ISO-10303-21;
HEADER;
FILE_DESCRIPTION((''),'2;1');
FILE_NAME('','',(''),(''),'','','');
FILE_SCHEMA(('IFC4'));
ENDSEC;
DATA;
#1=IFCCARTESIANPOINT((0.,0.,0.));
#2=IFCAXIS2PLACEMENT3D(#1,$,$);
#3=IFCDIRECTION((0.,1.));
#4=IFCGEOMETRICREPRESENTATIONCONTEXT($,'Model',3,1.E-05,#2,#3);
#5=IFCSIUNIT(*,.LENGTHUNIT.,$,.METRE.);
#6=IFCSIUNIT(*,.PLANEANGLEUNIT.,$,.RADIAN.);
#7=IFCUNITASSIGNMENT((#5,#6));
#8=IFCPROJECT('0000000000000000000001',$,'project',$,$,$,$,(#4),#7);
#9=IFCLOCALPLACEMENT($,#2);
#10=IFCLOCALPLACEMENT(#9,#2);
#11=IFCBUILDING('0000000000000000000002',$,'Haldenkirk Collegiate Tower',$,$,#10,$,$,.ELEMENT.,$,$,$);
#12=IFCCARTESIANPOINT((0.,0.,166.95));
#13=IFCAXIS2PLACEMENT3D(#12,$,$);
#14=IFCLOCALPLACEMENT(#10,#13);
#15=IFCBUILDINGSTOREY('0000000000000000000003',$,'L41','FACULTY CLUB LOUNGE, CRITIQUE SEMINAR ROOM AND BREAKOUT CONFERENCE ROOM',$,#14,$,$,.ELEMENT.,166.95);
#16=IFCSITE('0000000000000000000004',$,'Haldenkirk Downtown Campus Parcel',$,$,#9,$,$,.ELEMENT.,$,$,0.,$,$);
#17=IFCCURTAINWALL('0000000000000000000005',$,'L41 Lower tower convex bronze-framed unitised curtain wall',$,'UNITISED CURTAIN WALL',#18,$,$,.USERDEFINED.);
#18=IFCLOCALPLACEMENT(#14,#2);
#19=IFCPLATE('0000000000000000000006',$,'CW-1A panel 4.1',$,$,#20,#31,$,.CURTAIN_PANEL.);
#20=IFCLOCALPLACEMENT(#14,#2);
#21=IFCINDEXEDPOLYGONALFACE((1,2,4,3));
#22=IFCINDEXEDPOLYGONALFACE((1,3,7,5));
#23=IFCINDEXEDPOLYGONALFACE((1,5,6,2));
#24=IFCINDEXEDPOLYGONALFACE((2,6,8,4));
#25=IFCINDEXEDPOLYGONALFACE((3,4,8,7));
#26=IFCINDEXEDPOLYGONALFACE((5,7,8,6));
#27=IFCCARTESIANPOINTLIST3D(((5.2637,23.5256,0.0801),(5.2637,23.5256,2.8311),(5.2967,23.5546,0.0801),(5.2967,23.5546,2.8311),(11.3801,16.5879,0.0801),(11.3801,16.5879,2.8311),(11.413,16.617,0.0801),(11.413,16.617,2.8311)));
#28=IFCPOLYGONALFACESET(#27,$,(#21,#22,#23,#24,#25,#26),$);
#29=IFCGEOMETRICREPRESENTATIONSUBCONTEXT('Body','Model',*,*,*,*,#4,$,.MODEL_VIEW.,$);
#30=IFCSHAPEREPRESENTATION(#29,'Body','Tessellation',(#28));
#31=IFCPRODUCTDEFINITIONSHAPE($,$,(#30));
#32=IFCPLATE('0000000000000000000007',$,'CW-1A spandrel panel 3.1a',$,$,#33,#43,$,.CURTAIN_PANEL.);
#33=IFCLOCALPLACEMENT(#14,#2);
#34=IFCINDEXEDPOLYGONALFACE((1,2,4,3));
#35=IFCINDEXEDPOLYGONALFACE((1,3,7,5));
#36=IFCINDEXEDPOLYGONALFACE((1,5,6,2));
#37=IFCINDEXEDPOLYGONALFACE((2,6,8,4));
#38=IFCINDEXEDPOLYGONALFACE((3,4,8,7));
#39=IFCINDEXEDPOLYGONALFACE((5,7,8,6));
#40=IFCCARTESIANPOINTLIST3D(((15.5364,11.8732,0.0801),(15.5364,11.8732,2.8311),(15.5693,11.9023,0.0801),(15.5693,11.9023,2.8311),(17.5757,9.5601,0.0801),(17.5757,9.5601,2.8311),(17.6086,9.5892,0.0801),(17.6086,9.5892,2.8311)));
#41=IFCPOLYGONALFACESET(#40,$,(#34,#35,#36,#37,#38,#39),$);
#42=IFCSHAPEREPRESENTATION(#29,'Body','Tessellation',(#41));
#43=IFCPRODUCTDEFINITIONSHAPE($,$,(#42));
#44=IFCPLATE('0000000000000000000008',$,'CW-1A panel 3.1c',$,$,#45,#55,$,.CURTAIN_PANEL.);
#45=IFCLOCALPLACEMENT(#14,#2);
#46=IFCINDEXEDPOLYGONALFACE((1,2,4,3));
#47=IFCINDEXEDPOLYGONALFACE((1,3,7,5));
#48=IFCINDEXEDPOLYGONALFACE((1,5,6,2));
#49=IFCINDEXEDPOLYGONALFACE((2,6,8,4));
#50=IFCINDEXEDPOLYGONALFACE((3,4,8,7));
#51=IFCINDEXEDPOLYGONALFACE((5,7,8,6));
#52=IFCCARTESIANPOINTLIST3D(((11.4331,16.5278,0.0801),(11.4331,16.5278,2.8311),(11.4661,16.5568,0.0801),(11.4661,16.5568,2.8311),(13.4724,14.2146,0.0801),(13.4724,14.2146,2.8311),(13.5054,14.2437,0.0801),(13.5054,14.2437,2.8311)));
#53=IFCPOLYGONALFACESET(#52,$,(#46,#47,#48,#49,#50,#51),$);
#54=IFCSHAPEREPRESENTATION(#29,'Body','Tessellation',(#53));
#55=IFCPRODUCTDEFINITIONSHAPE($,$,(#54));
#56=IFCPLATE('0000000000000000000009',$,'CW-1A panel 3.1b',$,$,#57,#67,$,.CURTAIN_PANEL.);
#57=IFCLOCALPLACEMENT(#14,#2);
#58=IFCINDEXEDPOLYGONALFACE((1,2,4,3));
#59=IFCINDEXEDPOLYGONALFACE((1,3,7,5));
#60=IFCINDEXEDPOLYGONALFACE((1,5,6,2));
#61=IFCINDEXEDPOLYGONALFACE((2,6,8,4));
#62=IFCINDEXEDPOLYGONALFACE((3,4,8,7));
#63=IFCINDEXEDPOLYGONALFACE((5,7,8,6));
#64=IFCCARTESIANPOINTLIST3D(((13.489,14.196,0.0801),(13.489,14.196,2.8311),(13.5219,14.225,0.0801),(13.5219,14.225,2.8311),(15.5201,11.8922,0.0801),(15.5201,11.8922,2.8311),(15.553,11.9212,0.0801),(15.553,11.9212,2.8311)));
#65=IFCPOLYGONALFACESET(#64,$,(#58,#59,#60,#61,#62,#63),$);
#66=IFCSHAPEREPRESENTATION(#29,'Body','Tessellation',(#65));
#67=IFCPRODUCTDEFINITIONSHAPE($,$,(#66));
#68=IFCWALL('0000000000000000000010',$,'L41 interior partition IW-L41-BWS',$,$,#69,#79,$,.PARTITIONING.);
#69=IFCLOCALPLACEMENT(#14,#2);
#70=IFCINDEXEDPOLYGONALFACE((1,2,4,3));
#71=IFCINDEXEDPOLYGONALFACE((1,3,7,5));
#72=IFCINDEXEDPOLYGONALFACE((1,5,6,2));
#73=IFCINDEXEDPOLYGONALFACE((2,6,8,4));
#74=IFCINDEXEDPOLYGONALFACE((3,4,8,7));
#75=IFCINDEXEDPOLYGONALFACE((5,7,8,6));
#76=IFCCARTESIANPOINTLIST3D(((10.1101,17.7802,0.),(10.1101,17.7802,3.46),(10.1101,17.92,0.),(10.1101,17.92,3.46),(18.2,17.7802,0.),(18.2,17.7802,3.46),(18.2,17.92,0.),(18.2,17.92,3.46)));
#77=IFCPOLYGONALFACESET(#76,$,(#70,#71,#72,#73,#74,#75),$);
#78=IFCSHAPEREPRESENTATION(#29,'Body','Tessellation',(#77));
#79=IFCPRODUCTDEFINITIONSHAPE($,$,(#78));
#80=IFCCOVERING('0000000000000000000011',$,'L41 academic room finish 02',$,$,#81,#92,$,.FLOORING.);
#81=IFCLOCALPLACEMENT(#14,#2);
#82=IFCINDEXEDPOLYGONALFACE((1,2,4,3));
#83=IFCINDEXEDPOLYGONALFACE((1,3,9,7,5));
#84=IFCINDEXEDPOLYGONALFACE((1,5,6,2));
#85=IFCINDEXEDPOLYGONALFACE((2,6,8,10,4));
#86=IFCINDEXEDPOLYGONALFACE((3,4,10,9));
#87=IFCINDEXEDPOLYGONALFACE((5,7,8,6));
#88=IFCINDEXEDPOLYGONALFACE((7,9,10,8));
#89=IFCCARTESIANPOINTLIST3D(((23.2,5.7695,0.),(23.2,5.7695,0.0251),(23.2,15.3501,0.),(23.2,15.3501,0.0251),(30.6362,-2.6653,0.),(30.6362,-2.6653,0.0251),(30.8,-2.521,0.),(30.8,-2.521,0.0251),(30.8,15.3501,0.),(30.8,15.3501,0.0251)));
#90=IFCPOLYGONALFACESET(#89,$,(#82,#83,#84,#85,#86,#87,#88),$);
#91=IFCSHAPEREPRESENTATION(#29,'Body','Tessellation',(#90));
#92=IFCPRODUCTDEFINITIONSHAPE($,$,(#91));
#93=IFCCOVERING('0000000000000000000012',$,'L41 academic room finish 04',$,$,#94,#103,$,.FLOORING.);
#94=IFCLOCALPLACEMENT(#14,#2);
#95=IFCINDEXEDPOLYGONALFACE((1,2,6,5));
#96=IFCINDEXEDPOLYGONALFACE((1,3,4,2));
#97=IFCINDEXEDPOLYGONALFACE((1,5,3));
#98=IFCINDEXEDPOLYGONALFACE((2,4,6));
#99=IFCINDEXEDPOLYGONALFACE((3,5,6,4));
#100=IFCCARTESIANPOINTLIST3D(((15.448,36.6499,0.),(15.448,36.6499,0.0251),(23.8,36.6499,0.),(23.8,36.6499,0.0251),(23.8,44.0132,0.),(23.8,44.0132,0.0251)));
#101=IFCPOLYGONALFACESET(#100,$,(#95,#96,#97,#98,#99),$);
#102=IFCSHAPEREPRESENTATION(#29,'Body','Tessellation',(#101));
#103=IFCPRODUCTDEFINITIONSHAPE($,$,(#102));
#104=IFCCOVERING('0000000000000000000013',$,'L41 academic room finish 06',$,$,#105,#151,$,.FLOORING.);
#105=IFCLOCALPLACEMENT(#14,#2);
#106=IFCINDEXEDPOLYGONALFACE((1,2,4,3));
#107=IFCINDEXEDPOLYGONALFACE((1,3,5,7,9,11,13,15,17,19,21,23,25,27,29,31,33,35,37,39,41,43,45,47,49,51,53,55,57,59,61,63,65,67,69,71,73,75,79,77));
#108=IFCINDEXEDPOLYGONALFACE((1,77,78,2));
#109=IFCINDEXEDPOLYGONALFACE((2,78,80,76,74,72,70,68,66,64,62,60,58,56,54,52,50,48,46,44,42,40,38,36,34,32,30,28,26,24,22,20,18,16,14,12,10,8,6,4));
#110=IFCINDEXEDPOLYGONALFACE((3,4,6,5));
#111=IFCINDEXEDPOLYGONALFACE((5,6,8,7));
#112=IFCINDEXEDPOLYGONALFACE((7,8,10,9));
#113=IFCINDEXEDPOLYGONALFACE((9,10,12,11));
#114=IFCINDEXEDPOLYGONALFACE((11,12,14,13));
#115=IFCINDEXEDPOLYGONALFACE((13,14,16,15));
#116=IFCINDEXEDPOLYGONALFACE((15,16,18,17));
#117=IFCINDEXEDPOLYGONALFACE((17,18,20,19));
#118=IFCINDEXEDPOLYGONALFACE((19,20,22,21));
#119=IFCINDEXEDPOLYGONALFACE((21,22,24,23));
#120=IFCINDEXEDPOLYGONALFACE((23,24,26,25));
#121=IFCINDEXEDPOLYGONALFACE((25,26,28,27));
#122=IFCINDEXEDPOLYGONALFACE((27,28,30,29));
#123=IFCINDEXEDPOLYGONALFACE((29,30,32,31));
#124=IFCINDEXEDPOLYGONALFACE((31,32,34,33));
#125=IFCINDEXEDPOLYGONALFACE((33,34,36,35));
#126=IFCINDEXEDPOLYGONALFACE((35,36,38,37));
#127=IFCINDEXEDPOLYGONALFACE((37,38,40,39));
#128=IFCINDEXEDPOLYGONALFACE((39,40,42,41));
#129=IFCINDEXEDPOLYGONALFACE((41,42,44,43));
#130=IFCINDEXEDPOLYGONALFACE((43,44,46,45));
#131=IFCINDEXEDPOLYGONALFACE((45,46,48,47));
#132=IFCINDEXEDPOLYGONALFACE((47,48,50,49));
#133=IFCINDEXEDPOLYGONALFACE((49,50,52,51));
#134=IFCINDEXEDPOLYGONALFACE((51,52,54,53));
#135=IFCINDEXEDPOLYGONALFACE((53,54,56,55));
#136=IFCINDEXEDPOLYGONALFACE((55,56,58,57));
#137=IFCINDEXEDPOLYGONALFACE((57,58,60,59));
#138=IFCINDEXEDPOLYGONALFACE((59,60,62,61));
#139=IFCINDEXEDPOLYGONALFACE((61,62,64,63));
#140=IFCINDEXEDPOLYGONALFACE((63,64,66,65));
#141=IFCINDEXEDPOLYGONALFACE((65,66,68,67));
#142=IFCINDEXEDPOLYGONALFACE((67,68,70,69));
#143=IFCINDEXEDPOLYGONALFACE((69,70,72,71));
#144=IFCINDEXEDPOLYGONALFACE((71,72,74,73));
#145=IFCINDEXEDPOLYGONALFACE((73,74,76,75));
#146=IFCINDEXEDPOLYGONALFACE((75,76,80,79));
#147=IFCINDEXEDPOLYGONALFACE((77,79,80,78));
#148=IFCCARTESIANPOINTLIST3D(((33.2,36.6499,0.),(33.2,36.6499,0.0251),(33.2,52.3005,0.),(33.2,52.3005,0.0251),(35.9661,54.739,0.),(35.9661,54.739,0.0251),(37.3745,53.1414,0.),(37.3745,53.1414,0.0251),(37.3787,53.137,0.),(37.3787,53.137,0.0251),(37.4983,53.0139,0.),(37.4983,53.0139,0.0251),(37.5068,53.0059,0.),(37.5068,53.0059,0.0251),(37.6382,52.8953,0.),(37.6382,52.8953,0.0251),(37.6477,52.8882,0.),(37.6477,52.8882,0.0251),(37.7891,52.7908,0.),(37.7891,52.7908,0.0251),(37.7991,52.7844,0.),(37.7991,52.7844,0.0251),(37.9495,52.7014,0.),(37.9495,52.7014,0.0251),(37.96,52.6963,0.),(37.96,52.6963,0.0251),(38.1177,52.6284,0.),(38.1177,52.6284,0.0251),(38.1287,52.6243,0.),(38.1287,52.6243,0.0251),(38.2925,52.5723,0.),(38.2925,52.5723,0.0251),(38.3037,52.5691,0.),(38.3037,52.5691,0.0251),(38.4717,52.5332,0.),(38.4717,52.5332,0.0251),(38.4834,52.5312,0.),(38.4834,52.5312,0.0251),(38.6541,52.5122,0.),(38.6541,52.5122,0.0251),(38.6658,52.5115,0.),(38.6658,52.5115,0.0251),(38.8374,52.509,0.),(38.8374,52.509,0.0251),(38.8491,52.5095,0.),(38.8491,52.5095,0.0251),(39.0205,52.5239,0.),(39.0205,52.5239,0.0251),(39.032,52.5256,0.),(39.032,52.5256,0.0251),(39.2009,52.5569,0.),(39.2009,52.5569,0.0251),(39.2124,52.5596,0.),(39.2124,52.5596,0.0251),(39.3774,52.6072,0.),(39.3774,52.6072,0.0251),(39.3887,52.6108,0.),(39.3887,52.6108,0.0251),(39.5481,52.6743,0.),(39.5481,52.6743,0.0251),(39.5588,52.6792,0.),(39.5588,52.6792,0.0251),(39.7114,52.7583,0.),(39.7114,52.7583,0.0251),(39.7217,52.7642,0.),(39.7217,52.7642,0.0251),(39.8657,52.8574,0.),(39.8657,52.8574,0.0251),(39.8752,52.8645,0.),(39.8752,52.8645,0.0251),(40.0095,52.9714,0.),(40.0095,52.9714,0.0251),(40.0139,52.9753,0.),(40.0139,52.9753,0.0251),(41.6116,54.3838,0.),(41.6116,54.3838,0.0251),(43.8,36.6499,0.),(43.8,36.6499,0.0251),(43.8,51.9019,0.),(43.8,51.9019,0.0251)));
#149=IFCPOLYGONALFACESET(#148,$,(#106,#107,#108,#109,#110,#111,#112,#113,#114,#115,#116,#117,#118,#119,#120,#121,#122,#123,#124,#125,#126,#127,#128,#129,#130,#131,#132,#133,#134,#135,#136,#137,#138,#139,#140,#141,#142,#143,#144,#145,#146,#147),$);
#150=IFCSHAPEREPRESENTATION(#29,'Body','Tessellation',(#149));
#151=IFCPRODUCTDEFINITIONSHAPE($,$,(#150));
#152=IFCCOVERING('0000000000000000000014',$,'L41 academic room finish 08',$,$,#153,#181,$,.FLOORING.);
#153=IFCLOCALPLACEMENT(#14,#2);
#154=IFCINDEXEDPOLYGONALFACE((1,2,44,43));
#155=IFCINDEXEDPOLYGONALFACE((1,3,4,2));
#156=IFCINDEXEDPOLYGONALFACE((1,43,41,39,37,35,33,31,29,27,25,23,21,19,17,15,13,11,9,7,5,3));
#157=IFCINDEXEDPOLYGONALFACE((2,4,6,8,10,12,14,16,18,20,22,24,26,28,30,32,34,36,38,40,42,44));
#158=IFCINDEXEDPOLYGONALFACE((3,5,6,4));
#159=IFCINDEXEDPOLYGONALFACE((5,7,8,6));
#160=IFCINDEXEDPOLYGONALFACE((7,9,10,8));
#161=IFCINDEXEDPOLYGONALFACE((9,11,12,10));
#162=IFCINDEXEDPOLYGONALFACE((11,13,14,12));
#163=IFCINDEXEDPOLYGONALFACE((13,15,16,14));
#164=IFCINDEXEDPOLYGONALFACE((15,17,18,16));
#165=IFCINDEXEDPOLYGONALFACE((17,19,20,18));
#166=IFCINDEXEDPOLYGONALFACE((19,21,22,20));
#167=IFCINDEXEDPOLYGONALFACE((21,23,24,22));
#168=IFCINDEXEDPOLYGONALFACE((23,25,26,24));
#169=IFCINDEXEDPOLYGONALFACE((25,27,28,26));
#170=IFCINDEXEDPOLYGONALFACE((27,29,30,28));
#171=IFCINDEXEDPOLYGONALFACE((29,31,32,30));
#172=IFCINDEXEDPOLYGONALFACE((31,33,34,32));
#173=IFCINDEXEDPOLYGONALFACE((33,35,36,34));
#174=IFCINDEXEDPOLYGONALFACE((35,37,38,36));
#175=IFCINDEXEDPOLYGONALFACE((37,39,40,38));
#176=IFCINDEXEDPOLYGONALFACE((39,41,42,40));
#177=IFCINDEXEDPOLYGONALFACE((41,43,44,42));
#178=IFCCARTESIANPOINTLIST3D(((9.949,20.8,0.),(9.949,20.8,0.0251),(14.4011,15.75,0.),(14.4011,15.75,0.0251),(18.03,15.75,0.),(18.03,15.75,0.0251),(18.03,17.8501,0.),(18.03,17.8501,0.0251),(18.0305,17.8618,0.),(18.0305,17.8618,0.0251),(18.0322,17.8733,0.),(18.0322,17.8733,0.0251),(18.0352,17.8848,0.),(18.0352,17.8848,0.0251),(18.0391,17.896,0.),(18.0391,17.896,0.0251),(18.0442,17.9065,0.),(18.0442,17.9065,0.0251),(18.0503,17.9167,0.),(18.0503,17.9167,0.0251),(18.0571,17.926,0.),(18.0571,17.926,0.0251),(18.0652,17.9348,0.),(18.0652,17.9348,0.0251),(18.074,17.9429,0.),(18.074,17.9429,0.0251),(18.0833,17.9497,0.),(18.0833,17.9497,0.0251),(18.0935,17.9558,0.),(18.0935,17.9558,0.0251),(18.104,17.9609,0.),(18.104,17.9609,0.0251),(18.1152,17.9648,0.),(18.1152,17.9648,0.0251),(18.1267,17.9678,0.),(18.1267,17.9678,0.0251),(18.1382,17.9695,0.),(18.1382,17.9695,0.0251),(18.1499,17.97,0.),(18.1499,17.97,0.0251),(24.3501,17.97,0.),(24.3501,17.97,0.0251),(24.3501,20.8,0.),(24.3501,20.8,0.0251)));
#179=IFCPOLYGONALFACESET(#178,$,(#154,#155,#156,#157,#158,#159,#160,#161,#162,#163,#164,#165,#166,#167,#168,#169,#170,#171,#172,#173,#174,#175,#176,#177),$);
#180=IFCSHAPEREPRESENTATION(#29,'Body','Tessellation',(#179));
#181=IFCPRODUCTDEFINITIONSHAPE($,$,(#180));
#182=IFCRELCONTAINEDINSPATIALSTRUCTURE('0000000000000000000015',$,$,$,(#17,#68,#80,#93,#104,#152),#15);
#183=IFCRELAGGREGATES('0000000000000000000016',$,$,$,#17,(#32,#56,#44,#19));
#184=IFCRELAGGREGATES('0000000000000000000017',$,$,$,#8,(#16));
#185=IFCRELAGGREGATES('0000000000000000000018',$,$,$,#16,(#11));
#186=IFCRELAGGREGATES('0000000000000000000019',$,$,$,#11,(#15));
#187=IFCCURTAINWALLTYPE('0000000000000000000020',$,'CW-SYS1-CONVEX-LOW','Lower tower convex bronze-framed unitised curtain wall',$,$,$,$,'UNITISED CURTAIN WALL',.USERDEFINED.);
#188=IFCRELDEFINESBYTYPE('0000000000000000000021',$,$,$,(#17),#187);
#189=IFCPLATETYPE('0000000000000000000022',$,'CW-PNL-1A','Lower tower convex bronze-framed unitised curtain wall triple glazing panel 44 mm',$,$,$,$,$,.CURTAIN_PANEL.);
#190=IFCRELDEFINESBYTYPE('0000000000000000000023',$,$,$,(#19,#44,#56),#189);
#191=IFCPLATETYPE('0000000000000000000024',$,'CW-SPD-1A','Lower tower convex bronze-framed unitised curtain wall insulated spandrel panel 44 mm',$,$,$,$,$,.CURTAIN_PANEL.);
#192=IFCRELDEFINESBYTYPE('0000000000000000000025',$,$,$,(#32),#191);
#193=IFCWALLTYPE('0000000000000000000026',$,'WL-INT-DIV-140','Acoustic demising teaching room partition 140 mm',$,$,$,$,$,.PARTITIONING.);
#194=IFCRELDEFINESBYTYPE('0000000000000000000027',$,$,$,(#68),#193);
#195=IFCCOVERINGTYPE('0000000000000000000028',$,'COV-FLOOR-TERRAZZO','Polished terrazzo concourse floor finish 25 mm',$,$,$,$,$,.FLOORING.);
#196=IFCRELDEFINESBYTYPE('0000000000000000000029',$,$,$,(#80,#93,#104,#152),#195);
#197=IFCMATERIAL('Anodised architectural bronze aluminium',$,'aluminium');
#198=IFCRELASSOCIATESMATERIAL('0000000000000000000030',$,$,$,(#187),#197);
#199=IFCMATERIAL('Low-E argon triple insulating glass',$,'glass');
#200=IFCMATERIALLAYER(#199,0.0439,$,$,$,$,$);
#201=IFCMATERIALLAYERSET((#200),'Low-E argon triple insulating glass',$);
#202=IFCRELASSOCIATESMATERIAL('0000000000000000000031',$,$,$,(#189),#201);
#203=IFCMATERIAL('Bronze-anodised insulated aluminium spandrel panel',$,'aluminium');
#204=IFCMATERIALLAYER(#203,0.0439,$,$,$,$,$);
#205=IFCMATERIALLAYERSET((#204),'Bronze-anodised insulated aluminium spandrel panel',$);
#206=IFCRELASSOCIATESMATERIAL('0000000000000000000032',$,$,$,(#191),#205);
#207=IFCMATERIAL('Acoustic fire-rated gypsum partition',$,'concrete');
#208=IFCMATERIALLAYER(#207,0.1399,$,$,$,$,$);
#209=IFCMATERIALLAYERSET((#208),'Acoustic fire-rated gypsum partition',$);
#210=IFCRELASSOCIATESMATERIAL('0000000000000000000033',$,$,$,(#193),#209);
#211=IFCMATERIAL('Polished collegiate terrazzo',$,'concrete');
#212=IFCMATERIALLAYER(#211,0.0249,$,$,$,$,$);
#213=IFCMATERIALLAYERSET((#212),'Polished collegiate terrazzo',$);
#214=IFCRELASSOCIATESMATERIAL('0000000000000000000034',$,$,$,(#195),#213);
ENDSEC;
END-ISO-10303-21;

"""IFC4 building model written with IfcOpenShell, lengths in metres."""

from ifc_helpers import new_model, si_unit, direction, frame, frame_2d, origin, origin_2d, place, context, subcontext, project, spatial, polyline, rectangle, outline, extrude, source, transform, mapped, material, layer, layer_set, type_object, element, aggregate, save


model = new_model("IFC4")

# Units and contexts
model_context = context("Model", 3, precision=1e-05, world=origin(), true_north=direction((0.0, 1.0)))
body_context = subcontext(model_context, "Body", "Model", "MODEL_VIEW")
ifc_project = project(units=[si_unit("LENGTHUNIT", "METRE"), si_unit("PLANEANGLEUNIT", "RADIAN")], contexts=[model_context])

# Site, building, storey
site_placement = place(None, origin())
site = spatial("IfcSite", under=ifc_project, at=site_placement, Name="Haldenkirk Downtown Campus Parcel", CompositionType="ELEMENT", RefElevation=0.0)
building_placement = place(site_placement, origin())
building = spatial("IfcBuilding", under=site, at=building_placement, Name="Haldenkirk Collegiate Tower", CompositionType="ELEMENT")
storey_placement = place(building_placement, frame((0.0, 0.0, 166.95)))
storey = spatial("IfcBuildingStorey", under=building, at=storey_placement, Name="L41", Description="FACULTY CLUB LOUNGE, CRITIQUE SEMINAR ROOM AND BREAKOUT CONFERENCE ROOM", CompositionType="ELEMENT", Elevation=166.95)

# Curtain wall
ifc_material_1 = material(Name="Anodised architectural bronze aluminium", Category="aluminium")
curtain_wall_type = type_object("IfcCurtainWallType", Name="CW-SYS1-CONVEX-LOW", Description="Lower tower convex bronze-framed unitised curtain wall", ElementType="UNITISED CURTAIN WALL", PredefinedType="USERDEFINED", material=ifc_material_1)
curtain_wall_placement = place(storey_placement, origin())
curtain_wall = element("IfcCurtainWall", 1, at=curtain_wall_placement, inside=storey, type_object=curtain_wall_type, Name="L41 Lower tower convex bronze-framed unitised curtain wall", ObjectType="UNITISED CURTAIN WALL", PredefinedType="USERDEFINED")

# Plates
ifc_material_2 = material(Name="Low-E argon triple insulating glass", Category="glass")
ifc_layer_1 = layer(ifc_material_2, 0.0439)
ifc_layer_set_1 = layer_set([ifc_layer_1], Name="Low-E argon triple insulating glass")
plate_type_1 = type_object("IfcPlateType", Name="CW-PNL-1A", Description="Lower tower convex bronze-framed unitised curtain wall triple glazing panel 44 mm", PredefinedType="CURTAIN_PANEL", material=ifc_layer_set_1)
shared_shape_1 = source(origin(), body_context, "Body", "SweptSolid", [
    extrude(rectangle(XDim=9.2488, YDim=0.0439, at=origin_2d()), origin(), (0.0, 0.0, 1.0), 2.751),
])
plate_1_placement = place(storey_placement, frame((8.3384, 20.0713, 0.0801), z_axis=(0.0, 0.0, 1.0), x_axis=(-0.66131, 0.750113, 0.0)))
plate_1 = element("IfcPlate", 2, at=plate_1_placement, type_object=plate_type_1, Name="CW-1A panel 4.1", PredefinedType="CURTAIN_PANEL", context=body_context, shape_type="MappedRepresentation", body=[
    mapped(shared_shape_1, transform((0.0, 0.0, 0.0), x_axis=(1.0, 0.0, 0.0), y_axis=(0.0, 1.0, 0.0), z_axis=(0.0, 0.0, 1.0), scale=1.0)),
])
ifc_material_3 = material(Name="Bronze-anodised insulated aluminium spandrel panel", Category="aluminium")
ifc_layer_2 = layer(ifc_material_3, 0.0439)
ifc_layer_set_2 = layer_set([ifc_layer_2], Name="Bronze-anodised insulated aluminium spandrel panel")
plate_type_2 = type_object("IfcPlateType", Name="CW-SPD-1A", Description="Lower tower convex bronze-framed unitised curtain wall insulated spandrel panel 44 mm", PredefinedType="CURTAIN_PANEL", material=ifc_layer_set_2)
shared_shape_2 = source(origin(), body_context, "Body", "SweptSolid", [
    extrude(rectangle(XDim=3.0837, YDim=0.0439, at=origin_2d()), origin(), (0.0, 0.0, 1.0), 2.751),
])
plate_2_placement = place(storey_placement, frame((16.5725, 10.7312, 0.0801), z_axis=(0.0, 0.0, 1.0), x_axis=(-0.66131, 0.750113, 0.0)))
plate_2 = element("IfcPlate", 3, at=plate_2_placement, type_object=plate_type_2, Name="CW-1A spandrel panel 3.1a", PredefinedType="CURTAIN_PANEL", context=body_context, shape_type="MappedRepresentation", body=[
    mapped(shared_shape_2, transform((0.0, 0.0, 0.0), x_axis=(1.0, 0.0, 0.0), y_axis=(0.0, 1.0, 0.0), z_axis=(0.0, 0.0, 1.0), scale=1.0)),
])
plate_3_placement = place(storey_placement, frame((12.4692, 15.3857, 0.0801), z_axis=(0.0, 0.0, 1.0), x_axis=(-0.66131, 0.750113, 0.0)))
plate_3 = element("IfcPlate", 4, at=plate_3_placement, type_object=plate_type_1, Name="CW-1A panel 3.1c", PredefinedType="CURTAIN_PANEL", context=body_context, shape_type="MappedRepresentation", body=[
    mapped(shared_shape_2, transform((0.0, 0.0, 0.0), x_axis=(1.0, 0.0, 0.0), y_axis=(0.0, 1.0, 0.0), z_axis=(0.0, 0.0, 1.0), scale=1.0)),
])
shared_shape_3 = source(origin(), body_context, "Body", "SweptSolid", [
    extrude(rectangle(XDim=3.0713, YDim=0.0439, at=origin_2d()), origin(), (0.0, 0.0, 1.0), 2.751),
])
plate_4_placement = place(storey_placement, frame((14.521, 13.0586, 0.0801), z_axis=(0.0, 0.0, 1.0), x_axis=(-0.66131, 0.750113, 0.0)))
plate_4 = element("IfcPlate", 5, at=plate_4_placement, type_object=plate_type_1, Name="CW-1A panel 3.1b", PredefinedType="CURTAIN_PANEL", context=body_context, shape_type="MappedRepresentation", body=[
    mapped(shared_shape_3, transform((0.0, 0.0, 0.0), x_axis=(1.0, 0.0, 0.0), y_axis=(0.0, 1.0, 0.0), z_axis=(0.0, 0.0, 1.0), scale=1.0)),
])
aggregate(curtain_wall, [plate_2, plate_4, plate_3, plate_1])

# Wall
ifc_material_4 = material(Name="Acoustic fire-rated gypsum partition", Category="concrete")
ifc_layer_3 = layer(ifc_material_4, 0.1399)
ifc_layer_set_3 = layer_set([ifc_layer_3], Name="Acoustic fire-rated gypsum partition")
wall_type = type_object("IfcWallType", Name="WL-INT-DIV-140", Description="Acoustic demising teaching room partition 140 mm", PredefinedType="PARTITIONING", material=ifc_layer_set_3)
wall_placement = place(storey_placement, frame((10.1101, 17.8501, 0.0), z_axis=(0.0, 0.0, 1.0), x_axis=(1.0, 0.0, 0.0)))
element("IfcWall", 6, at=wall_placement, inside=storey, type_object=wall_type, Name="L41 interior partition IW-L41-BWS", PredefinedType="PARTITIONING", context=body_context, shape_type="SweptSolid", body=[
    extrude(rectangle(XDim=8.0898, YDim=0.1399, at=frame_2d((4.0449, 0.0))), origin(), (0.0, 0.0, 1.0), 3.46),
])

# Coverings
ifc_material_5 = material(Name="Polished collegiate terrazzo", Category="concrete")
ifc_layer_4 = layer(ifc_material_5, 0.0249)
ifc_layer_set_4 = layer_set([ifc_layer_4], Name="Polished collegiate terrazzo")
covering_type_1 = type_object("IfcCoveringType", Name="COV-FLOOR-TERRAZZO", Description="Polished terrazzo concourse floor finish 25 mm", PredefinedType="FLOORING", material=ifc_layer_set_4)
covering_1_placement = place(storey_placement, origin())
element("IfcCovering", 7, at=covering_1_placement, inside=storey, type_object=covering_type_1, Name="L41 academic room finish 02", PredefinedType="FLOORING", context=body_context, shape_type="SweptSolid", body=[
    extrude(outline(polyline([(30.6362, -2.6653), (23.2, 5.7695), (23.2, 15.3501), (30.8, 15.3501), (30.8, -2.521), (30.6362, -2.6653)])), origin(), (0.0, 0.0, 1.0), 0.0251),
])
covering_2_placement = place(storey_placement, origin())
element("IfcCovering", 8, at=covering_2_placement, inside=storey, type_object=covering_type_1, Name="L41 academic room finish 04", PredefinedType="FLOORING", context=body_context, shape_type="SweptSolid", body=[
    extrude(outline(polyline([(23.8, 44.0132), (23.8, 36.6499), (15.448, 36.6499), (23.8, 44.0132)])), origin(), (0.0, 0.0, 1.0), 0.0251),
])
covering_3_placement = place(storey_placement, origin())
element("IfcCovering", 9, at=covering_3_placement, inside=storey, type_object=covering_type_1, Name="L41 academic room finish 06", PredefinedType="FLOORING", context=body_context, shape_type="SweptSolid", body=[
    extrude(outline(polyline([(37.3745, 53.1414), (37.3787, 53.137), (37.4983, 53.0139), (37.5068, 53.0059), (37.6382, 52.8953), (37.6477, 52.8882), (37.7891, 52.7908), (37.7991, 52.7844), (37.9495, 52.7014), (37.96, 52.6963), (38.1177, 52.6284), (38.1287, 52.6243), (38.2925, 52.5723), (38.3037, 52.5691), (38.4717, 52.5332), (38.4834, 52.5312), (38.6541, 52.5122), (38.6658, 52.5115), (38.8374, 52.509), (38.8491, 52.5095), (39.0205, 52.5239), (39.032, 52.5256), (39.2009, 52.5569), (39.2124, 52.5596), (39.3774, 52.6072), (39.3887, 52.6108), (39.5481, 52.6743), (39.5588, 52.6792), (39.7114, 52.7583), (39.7217, 52.7642), (39.8657, 52.8574), (39.8752, 52.8645), (40.0095, 52.9714), (40.0139, 52.9753), (41.6116, 54.3838), (43.8, 51.9019), (43.8, 36.6499), (33.2, 36.6499), (33.2, 52.3005), (35.9661, 54.739), (37.3745, 53.1414)])), origin(), (0.0, 0.0, 1.0), 0.0251),
])
covering_4_placement = place(storey_placement, origin())
element("IfcCovering", 10, at=covering_4_placement, inside=storey, type_object=covering_type_1, Name="L41 academic room finish 08", PredefinedType="FLOORING", context=body_context, shape_type="SweptSolid", body=[
    extrude(outline(polyline([(18.1499, 17.97), (18.1382, 17.9695), (18.1267, 17.9678), (18.1152, 17.9648), (18.104, 17.9609), (18.0935, 17.9558), (18.0833, 17.9497), (18.074, 17.9429), (18.0652, 17.9348), (18.0571, 17.926), (18.0503, 17.9167), (18.0442, 17.9065), (18.0391, 17.896), (18.0352, 17.8848), (18.0322, 17.8733), (18.0305, 17.8618), (18.03, 17.8501), (18.03, 15.75), (14.4011, 15.75), (9.949, 20.8), (24.3501, 20.8), (24.3501, 17.97), (18.1499, 17.97)])), origin(), (0.0, 0.0, 1.0), 0.0251),
])

save(model, "model.ifc")
